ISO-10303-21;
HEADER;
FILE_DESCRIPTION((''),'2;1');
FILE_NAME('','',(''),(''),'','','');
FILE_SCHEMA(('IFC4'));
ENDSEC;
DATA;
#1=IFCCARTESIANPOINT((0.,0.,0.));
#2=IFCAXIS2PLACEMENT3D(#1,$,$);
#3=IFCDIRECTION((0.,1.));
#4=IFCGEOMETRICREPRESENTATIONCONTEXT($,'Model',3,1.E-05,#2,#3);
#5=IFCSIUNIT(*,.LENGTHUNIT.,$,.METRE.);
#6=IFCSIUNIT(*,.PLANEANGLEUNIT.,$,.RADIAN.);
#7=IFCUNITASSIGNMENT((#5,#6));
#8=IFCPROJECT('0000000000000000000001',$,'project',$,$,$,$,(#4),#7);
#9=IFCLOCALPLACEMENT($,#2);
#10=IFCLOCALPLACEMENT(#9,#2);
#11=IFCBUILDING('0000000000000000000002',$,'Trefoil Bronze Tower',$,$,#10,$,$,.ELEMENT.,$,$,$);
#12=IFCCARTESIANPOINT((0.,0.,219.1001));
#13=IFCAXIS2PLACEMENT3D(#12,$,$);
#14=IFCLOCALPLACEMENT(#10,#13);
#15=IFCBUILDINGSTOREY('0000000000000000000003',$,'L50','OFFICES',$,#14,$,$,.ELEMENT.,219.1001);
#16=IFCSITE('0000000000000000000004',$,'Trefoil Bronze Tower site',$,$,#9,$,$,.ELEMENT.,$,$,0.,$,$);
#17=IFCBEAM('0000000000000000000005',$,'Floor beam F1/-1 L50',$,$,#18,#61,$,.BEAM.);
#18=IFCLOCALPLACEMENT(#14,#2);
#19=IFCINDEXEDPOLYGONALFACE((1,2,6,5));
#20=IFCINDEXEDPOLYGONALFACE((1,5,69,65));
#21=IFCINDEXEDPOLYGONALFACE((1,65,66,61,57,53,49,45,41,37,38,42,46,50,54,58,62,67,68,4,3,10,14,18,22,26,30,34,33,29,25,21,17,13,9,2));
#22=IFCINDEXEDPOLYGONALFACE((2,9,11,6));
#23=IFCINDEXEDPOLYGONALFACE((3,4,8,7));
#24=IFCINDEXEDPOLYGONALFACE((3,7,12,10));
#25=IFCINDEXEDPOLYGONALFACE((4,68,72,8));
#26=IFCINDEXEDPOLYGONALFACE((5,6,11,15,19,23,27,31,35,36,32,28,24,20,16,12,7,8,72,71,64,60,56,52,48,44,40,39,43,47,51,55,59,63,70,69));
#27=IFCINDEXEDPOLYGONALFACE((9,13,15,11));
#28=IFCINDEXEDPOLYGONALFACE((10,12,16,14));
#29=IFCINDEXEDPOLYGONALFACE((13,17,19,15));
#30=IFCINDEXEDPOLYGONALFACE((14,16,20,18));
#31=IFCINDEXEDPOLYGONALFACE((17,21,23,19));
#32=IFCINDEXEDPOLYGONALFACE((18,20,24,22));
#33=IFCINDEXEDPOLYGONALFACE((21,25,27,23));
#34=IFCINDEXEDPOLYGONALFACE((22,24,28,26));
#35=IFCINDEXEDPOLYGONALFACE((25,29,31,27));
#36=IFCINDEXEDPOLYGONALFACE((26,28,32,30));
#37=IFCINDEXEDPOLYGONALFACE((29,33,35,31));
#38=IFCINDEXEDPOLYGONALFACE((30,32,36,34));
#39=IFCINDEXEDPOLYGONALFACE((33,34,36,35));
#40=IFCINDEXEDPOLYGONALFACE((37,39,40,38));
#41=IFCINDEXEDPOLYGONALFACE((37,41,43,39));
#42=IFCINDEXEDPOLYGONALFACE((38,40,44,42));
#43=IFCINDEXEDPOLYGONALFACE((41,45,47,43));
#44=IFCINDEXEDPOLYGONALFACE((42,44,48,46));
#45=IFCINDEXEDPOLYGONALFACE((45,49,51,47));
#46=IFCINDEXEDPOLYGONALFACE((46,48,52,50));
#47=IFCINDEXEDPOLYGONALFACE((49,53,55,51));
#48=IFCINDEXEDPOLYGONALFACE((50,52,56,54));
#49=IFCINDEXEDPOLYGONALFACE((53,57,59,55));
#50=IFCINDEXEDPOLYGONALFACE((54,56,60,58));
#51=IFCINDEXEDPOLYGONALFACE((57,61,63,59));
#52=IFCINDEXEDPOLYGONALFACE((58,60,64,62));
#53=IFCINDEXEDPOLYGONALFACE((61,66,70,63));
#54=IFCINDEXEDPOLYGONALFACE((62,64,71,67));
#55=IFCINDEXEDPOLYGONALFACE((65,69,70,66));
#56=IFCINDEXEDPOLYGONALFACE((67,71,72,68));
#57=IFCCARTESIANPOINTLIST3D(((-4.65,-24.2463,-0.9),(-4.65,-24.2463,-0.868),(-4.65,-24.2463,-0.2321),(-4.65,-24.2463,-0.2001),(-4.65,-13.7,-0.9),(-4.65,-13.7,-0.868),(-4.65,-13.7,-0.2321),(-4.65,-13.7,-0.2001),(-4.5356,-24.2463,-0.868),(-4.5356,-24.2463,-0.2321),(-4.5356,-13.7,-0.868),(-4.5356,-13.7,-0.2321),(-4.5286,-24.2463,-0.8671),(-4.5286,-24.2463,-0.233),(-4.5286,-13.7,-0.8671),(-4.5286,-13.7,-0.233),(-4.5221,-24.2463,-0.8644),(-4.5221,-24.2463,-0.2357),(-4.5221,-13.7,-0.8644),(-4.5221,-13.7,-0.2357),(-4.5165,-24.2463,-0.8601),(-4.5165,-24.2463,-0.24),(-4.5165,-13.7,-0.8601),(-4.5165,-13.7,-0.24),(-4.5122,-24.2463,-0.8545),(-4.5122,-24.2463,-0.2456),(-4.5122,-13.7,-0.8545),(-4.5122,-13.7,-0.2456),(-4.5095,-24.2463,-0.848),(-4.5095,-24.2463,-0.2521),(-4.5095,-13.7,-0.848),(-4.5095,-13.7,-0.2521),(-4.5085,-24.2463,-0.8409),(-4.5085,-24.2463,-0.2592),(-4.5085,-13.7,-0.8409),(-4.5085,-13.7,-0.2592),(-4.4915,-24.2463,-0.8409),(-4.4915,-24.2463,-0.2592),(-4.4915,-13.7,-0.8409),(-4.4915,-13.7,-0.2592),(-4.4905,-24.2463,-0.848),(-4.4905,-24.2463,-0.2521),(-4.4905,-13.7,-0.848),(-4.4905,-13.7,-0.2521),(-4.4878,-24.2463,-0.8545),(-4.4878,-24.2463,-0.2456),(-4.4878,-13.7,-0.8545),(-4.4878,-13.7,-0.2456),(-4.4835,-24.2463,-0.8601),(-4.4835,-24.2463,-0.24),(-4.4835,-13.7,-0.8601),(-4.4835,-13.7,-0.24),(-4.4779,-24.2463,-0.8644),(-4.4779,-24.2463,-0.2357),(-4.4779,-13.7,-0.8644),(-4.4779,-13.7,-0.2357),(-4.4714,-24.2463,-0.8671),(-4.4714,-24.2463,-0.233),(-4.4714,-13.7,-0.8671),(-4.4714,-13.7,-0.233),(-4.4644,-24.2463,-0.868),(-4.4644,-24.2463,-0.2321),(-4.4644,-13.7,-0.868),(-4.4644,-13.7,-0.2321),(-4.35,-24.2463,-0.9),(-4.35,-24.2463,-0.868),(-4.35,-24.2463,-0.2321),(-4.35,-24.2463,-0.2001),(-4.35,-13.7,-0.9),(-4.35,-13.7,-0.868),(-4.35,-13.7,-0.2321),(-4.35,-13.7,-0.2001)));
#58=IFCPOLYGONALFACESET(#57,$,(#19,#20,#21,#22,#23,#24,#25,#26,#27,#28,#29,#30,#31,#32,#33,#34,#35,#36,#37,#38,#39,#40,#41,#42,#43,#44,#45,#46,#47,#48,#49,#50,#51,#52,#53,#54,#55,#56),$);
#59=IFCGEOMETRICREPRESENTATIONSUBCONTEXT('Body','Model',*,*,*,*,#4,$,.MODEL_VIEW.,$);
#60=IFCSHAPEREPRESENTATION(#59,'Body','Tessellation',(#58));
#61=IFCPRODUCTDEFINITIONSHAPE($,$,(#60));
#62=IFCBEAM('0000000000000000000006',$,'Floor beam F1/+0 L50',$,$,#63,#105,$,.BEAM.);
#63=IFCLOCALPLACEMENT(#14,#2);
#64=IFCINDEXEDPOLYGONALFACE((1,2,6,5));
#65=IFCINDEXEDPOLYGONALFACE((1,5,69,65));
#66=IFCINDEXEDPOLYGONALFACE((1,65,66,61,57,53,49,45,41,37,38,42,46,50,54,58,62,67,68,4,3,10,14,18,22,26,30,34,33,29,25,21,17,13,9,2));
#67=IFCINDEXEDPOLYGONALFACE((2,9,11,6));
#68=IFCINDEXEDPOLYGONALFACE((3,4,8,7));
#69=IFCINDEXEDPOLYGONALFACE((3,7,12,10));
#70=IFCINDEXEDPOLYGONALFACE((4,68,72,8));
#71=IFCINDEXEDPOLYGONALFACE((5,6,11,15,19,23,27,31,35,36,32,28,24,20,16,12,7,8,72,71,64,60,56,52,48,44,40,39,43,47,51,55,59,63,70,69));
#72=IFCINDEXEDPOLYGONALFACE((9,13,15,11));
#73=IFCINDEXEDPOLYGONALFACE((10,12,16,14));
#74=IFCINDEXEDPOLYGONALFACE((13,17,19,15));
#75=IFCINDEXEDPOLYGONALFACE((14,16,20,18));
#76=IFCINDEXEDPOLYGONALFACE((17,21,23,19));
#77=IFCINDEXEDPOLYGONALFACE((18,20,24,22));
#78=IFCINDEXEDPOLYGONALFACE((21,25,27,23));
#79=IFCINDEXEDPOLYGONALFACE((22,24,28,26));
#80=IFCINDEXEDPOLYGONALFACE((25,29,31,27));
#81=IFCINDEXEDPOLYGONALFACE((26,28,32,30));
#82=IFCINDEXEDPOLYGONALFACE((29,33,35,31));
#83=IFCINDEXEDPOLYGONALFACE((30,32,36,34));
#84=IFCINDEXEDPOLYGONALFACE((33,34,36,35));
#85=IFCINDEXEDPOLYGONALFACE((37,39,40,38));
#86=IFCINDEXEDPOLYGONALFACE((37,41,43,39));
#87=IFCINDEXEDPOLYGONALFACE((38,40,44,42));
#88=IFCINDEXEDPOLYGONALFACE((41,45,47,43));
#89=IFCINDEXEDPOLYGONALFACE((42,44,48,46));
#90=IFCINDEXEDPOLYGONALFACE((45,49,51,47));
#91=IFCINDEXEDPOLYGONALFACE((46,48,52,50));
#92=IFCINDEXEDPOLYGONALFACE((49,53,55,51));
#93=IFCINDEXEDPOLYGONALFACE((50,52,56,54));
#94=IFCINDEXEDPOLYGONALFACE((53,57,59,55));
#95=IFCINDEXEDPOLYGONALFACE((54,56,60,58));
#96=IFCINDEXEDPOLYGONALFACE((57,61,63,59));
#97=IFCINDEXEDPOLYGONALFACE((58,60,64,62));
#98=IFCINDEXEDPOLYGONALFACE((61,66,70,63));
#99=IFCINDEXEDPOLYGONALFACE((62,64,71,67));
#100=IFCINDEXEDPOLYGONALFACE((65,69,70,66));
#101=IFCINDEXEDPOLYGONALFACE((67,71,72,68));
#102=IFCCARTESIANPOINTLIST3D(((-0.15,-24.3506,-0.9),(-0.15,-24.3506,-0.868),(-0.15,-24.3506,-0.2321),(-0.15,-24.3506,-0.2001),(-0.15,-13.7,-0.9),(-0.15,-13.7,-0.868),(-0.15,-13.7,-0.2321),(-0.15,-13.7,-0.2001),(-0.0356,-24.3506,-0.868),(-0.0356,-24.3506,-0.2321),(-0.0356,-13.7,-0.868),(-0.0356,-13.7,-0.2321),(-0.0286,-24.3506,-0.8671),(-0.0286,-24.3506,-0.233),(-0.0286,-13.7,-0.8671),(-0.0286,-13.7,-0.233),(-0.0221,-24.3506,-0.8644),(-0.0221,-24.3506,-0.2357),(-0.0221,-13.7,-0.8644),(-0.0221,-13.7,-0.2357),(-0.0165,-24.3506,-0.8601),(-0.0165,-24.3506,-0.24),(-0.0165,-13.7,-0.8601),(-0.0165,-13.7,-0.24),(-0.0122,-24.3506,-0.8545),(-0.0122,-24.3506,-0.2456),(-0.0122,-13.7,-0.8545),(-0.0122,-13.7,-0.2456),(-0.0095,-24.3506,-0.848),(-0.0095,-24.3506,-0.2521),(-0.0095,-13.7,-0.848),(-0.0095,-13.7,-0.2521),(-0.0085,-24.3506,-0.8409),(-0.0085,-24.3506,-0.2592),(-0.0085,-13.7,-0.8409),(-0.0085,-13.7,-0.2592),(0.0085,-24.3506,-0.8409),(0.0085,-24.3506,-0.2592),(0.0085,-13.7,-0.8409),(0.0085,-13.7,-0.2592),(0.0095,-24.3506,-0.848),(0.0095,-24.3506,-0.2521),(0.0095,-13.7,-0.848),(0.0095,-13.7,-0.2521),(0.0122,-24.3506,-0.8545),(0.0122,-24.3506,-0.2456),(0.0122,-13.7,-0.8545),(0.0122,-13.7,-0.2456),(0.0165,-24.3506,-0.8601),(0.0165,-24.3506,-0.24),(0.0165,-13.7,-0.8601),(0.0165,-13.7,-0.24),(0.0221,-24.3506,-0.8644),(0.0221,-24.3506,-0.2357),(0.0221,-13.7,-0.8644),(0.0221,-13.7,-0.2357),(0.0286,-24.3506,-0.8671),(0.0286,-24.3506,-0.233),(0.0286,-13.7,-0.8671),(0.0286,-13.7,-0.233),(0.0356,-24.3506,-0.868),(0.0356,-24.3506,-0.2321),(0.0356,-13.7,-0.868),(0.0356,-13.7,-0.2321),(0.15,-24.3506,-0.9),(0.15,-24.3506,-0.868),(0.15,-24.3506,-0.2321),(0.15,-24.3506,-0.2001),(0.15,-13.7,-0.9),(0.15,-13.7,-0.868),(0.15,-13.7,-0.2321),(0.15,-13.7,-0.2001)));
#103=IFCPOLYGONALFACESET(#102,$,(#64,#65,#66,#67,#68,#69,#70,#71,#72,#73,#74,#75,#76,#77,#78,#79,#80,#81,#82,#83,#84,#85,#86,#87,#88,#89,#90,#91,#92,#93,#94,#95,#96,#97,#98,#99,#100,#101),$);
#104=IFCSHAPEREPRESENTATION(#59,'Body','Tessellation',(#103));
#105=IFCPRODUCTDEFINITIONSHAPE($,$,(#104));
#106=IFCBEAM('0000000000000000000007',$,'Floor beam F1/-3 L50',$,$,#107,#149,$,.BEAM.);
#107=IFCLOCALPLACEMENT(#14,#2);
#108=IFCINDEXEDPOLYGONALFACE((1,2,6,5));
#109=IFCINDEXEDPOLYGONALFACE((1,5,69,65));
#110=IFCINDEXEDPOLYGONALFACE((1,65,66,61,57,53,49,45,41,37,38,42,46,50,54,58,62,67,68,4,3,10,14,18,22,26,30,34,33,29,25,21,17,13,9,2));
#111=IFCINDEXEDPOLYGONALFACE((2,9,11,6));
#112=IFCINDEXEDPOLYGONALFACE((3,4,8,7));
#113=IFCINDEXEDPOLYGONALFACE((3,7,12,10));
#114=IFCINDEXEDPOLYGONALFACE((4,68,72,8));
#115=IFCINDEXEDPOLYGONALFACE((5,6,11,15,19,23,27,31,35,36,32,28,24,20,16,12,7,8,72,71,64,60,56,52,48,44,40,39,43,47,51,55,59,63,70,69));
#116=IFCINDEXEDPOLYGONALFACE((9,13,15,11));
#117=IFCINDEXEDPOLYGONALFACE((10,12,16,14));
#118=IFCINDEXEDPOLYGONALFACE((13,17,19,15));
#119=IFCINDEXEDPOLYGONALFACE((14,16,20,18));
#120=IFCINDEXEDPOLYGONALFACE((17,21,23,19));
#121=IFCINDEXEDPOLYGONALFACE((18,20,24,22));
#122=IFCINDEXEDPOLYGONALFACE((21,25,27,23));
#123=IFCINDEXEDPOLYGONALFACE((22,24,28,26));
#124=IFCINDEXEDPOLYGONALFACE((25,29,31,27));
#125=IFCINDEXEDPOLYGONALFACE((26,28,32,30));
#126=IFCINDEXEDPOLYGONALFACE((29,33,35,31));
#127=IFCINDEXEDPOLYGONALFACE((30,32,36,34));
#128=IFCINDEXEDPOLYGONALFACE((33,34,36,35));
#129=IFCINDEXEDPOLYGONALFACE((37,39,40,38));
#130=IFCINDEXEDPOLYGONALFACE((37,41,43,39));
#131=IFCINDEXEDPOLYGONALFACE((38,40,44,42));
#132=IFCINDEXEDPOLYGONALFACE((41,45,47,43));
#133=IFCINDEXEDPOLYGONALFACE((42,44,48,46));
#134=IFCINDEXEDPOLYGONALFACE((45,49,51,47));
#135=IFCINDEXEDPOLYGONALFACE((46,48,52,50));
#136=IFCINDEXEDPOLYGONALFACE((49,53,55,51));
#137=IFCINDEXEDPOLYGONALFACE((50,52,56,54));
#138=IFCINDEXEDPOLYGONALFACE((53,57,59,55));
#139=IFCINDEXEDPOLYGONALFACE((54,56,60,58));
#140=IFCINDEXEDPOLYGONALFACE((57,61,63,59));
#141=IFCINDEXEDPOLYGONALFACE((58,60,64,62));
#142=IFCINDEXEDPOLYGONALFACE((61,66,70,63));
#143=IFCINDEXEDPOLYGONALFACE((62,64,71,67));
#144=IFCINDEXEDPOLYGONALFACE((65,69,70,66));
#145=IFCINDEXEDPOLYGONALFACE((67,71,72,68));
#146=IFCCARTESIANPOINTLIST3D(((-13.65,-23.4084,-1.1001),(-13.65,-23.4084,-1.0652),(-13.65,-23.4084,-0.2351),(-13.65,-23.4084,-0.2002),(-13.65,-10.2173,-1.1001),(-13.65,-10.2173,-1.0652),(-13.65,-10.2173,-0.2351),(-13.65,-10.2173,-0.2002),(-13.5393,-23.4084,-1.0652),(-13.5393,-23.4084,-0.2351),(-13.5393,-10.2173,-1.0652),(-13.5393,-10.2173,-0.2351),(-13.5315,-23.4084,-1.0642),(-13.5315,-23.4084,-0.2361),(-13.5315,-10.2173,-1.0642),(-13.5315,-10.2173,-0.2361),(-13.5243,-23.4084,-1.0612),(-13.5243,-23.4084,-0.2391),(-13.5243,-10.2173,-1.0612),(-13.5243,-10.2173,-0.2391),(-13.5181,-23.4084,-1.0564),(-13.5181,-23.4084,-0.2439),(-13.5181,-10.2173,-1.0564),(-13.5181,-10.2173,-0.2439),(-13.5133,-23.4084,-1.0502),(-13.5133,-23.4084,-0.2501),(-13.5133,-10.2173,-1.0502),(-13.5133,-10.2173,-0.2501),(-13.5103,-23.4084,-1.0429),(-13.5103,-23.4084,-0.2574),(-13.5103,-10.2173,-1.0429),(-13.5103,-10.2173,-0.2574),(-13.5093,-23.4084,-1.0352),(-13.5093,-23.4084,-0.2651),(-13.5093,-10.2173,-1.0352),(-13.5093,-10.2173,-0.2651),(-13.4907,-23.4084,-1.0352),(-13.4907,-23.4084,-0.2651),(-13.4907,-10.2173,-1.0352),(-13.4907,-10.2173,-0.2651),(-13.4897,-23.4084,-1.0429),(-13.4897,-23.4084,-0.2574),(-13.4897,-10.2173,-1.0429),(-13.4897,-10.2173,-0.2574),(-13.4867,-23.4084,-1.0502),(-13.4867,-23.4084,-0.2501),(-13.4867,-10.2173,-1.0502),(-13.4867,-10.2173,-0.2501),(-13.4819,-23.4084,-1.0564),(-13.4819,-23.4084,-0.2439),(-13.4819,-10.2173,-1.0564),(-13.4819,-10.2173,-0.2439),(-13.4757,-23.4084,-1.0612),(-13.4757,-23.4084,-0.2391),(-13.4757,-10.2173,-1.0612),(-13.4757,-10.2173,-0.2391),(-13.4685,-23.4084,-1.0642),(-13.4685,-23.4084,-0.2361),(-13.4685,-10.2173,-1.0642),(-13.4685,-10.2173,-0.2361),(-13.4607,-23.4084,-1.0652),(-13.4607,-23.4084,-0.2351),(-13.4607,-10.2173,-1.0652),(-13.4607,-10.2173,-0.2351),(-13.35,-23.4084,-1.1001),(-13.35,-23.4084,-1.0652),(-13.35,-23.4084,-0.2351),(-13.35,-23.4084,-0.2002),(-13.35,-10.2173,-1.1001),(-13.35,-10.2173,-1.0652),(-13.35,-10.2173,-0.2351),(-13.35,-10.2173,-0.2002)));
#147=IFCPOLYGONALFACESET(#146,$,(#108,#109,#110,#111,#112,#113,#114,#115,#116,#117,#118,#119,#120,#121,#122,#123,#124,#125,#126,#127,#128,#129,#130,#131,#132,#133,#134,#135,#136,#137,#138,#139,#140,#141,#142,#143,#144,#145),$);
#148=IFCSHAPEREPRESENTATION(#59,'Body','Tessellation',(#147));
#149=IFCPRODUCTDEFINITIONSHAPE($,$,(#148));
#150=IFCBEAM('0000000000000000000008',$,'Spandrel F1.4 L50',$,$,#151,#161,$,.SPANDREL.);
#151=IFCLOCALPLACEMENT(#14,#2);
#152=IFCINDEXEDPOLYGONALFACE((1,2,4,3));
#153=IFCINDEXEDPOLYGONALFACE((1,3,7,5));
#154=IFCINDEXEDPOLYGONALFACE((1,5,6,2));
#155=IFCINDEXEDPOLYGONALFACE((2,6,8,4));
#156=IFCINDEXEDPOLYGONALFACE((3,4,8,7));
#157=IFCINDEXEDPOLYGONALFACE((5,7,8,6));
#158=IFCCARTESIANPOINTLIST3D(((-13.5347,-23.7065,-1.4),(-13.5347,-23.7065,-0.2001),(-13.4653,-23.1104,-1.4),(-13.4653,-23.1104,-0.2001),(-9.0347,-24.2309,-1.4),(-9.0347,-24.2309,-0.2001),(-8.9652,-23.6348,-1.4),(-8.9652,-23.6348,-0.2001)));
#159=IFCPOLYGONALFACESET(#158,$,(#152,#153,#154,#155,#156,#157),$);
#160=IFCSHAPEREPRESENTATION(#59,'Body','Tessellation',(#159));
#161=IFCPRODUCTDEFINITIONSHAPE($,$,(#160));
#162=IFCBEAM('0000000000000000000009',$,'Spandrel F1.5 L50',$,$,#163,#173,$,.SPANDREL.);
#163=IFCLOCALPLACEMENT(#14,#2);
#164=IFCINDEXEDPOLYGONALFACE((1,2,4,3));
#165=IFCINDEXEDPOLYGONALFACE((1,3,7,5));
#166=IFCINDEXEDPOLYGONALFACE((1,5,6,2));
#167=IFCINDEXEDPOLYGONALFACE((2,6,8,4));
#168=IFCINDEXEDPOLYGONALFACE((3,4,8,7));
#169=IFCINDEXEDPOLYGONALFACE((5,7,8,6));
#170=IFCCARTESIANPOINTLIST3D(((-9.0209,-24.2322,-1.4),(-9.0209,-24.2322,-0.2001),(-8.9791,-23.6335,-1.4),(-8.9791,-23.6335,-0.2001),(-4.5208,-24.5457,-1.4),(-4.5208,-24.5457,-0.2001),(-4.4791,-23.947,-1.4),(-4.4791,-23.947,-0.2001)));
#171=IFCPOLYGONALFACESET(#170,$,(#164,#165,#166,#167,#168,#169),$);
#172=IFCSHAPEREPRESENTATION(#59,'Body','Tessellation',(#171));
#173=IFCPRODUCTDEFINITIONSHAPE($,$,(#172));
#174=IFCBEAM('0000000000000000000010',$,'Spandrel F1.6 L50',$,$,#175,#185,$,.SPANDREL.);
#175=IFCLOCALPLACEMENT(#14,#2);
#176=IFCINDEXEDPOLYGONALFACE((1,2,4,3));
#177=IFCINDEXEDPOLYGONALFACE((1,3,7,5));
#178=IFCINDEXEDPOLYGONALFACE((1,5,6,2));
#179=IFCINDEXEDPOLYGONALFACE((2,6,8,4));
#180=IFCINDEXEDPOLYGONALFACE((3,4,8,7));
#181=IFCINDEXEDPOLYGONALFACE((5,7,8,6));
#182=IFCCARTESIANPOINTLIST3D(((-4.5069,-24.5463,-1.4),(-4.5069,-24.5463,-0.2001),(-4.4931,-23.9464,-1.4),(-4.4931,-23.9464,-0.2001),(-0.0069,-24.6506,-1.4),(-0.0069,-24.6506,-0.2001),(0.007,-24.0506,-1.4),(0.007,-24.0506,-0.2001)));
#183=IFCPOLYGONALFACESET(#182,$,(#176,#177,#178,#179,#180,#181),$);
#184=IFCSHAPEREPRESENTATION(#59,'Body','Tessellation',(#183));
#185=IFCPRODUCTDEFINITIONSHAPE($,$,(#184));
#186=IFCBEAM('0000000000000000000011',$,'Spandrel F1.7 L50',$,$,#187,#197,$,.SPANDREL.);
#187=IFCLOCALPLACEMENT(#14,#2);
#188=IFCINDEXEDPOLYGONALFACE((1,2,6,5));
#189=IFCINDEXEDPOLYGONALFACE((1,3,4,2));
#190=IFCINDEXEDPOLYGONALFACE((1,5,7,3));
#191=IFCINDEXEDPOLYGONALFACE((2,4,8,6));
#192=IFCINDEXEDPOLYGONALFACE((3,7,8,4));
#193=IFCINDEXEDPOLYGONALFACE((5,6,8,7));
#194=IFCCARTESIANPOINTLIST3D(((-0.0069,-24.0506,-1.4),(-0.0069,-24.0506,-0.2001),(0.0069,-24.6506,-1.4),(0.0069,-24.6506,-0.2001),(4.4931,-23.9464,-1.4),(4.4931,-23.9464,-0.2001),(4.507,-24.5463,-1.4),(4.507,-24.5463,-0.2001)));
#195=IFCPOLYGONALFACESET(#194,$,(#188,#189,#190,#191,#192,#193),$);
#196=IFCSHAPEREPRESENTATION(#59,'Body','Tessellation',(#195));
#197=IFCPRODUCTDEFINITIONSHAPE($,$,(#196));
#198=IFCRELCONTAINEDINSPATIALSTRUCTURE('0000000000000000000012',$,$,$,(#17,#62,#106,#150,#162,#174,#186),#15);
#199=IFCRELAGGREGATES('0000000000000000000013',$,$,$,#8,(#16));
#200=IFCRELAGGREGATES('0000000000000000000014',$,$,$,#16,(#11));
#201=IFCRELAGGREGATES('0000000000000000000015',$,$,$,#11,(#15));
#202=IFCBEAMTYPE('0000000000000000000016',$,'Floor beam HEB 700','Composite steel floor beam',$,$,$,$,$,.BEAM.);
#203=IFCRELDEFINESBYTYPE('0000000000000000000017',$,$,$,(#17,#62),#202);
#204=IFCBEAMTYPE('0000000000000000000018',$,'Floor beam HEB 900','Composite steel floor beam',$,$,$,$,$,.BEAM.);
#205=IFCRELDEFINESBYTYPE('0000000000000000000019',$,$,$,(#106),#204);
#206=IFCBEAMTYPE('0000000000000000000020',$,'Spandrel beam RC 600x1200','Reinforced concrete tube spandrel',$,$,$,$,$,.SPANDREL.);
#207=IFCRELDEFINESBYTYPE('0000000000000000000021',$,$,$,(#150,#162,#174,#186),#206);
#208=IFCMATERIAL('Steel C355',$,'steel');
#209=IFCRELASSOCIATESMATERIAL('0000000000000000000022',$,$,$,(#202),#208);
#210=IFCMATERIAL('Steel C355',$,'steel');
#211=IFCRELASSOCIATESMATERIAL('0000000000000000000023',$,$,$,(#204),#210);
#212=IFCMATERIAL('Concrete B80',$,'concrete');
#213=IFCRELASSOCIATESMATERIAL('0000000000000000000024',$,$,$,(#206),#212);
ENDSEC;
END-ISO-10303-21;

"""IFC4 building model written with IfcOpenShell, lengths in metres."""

from ifc_helpers import new_model, si_unit, direction, frame, origin, origin_2d, place, context, subcontext, project, spatial, rectangle, i_section, extrude, material, material_profile, profile_set, type_object, element, save


model = new_model("IFC4")

# Units and contexts
model_context = context("Model", 3, precision=1e-05, world=origin(), true_north=direction((0.0, 1.0)))
body_context = subcontext(model_context, "Body", "Model", "MODEL_VIEW")
ifc_project = project(units=[si_unit("LENGTHUNIT", "METRE"), si_unit("PLANEANGLEUNIT", "RADIAN")], contexts=[model_context])

# Site, building, storey
site_placement = place(None, origin())
site = spatial("IfcSite", under=ifc_project, at=site_placement, Name="Trefoil Bronze Tower site", CompositionType="ELEMENT", RefElevation=0.0)
building_placement = place(site_placement, origin())
building = spatial("IfcBuilding", under=site, at=building_placement, Name="Trefoil Bronze Tower", CompositionType="ELEMENT")
storey_placement = place(building_placement, frame((0.0, 0.0, 219.1001)))
storey = spatial("IfcBuildingStorey", under=building, at=storey_placement, Name="L50", Description="OFFICES", CompositionType="ELEMENT", Elevation=219.1001)

# Beams
ifc_material_1 = material(Name="Steel C355", Category="steel")
ifc_material_profile_1 = material_profile(ifc_material_1, i_section(OverallWidth=0.3, OverallDepth=0.7, WebThickness=0.0171, FlangeThickness=0.032, FilletRadius=0.0271, at=origin_2d()), Name="HEB 700")
ifc_profile_set_1 = profile_set([ifc_material_profile_1], Name="Steel C355")
beam_type_1 = type_object("IfcBeamType", Name="Floor beam HEB 700", Description="Composite steel floor beam", PredefinedType="BEAM", material=ifc_profile_set_1)
beam_1_placement = place(storey_placement, frame((-4.5, -24.2463, -0.55), z_axis=(0.0, 1.0, 0.0), x_axis=(-1.0, 0.0, 0.0)))
element("IfcBeam", 1, at=beam_1_placement, inside=storey, type_object=beam_type_1, Name="Floor beam F1/-1 L50", PredefinedType="BEAM", context=body_context, shape_type="SweptSolid", body=[
    extrude(i_section(OverallWidth=0.3, OverallDepth=0.7, WebThickness=0.0171, FlangeThickness=0.032, FilletRadius=0.0271, at=origin_2d()), origin(), (0.0, 0.0, 1.0), 10.5464),
])
beam_2_placement = place(storey_placement, frame((0.0, -24.3506, -0.55), z_axis=(0.0, 1.0, 0.0), x_axis=(-1.0, 0.0, 0.0)))
element("IfcBeam", 2, at=beam_2_placement, inside=storey, type_object=beam_type_1, Name="Floor beam F1/+0 L50", PredefinedType="BEAM", context=body_context, shape_type="SweptSolid", body=[
    extrude(i_section(OverallWidth=0.3, OverallDepth=0.7, WebThickness=0.0171, FlangeThickness=0.032, FilletRadius=0.0271, at=origin_2d()), origin(), (0.0, 0.0, 1.0), 10.6506),
])
ifc_material_2 = material(Name="Steel C355", Category="steel")
ifc_material_profile_2 = material_profile(ifc_material_2, i_section(OverallWidth=0.3, OverallDepth=0.8999, WebThickness=0.0186, FlangeThickness=0.0349, FilletRadius=0.03, at=origin_2d()), Name="HEB 900")
ifc_profile_set_2 = profile_set([ifc_material_profile_2], Name="Steel C355")
beam_type_2 = type_object("IfcBeamType", Name="Floor beam HEB 900", Description="Composite steel floor beam", PredefinedType="BEAM", material=ifc_profile_set_2)
beam_3_placement = place(storey_placement, frame((-13.5, -23.4084, -0.6501), z_axis=(0.0, 1.0, 0.0), x_axis=(-1.0, 0.0, 0.0)))
element("IfcBeam", 3, at=beam_3_placement, inside=storey, type_object=beam_type_2, Name="Floor beam F1/-3 L50", PredefinedType="BEAM", context=body_context, shape_type="SweptSolid", body=[
    extrude(i_section(OverallWidth=0.3, OverallDepth=0.8999, WebThickness=0.0186, FlangeThickness=0.0349, FilletRadius=0.03, at=origin_2d()), origin(), (0.0, 0.0, 1.0), 13.1912),
])
ifc_material_3 = material(Name="Concrete B80", Category="concrete")
ifc_material_profile_3 = material_profile(ifc_material_3, rectangle(XDim=0.6001, YDim=1.2, at=origin_2d()), Name="RC 600x1200")
ifc_profile_set_3 = profile_set([ifc_material_profile_3], Name="Concrete B80")
beam_type_3 = type_object("IfcBeamType", Name="Spandrel beam RC 600x1200", Description="Reinforced concrete tube spandrel", PredefinedType="SPANDREL", material=ifc_profile_set_3)
beam_4_placement = place(storey_placement, frame((-13.5, -23.4084, -0.8), z_axis=(0.993278, -0.115753, 0.0), x_axis=(0.115753, 0.993278, 0.0)))
element("IfcBeam", 4, at=beam_4_placement, inside=storey, type_object=beam_type_3, Name="Spandrel F1.4 L50", PredefinedType="SPANDREL", context=body_context, shape_type="SweptSolid", body=[
    extrude(rectangle(XDim=0.6001, YDim=1.2, at=origin_2d()), origin(), (0.0, 0.0, 1.0), 4.5305),
])
beam_5_placement = place(storey_placement, frame((-9.0, -23.9329, -0.8), z_axis=(0.997582, -0.069493, 0.0), x_axis=(0.069493, 0.997582, 0.0)))
element("IfcBeam", 5, at=beam_5_placement, inside=storey, type_object=beam_type_3, Name="Spandrel F1.5 L50", PredefinedType="SPANDREL", context=body_context, shape_type="SweptSolid", body=[
    extrude(rectangle(XDim=0.6001, YDim=1.2, at=origin_2d()), origin(), (0.0, 0.0, 1.0), 4.511),
])
for number, where, z_axis, x_axis, name in (
    (6, (-4.5, -24.2463, -0.8), (0.999732, -0.02316, 0.0), (0.02316, 0.999732, 0.0), "Spandrel F1.6 L50"),
    (7, (0.0, -24.3506, -0.8), (0.999732, 0.02316, 0.0), (-0.02316, 0.999732, 0.0), "Spandrel F1.7 L50"),
):
    element("IfcBeam", number, at=place(storey_placement, frame(where, z_axis=z_axis, x_axis=x_axis)), inside=storey, type_object=beam_type_3, Name=name, PredefinedType="SPANDREL", context=body_context, shape_type="SweptSolid", body=[
        extrude(rectangle(XDim=0.6001, YDim=1.2, at=origin_2d()), origin(), (0.0, 0.0, 1.0), 4.5012),
    ])

save(model, "model.ifc")
